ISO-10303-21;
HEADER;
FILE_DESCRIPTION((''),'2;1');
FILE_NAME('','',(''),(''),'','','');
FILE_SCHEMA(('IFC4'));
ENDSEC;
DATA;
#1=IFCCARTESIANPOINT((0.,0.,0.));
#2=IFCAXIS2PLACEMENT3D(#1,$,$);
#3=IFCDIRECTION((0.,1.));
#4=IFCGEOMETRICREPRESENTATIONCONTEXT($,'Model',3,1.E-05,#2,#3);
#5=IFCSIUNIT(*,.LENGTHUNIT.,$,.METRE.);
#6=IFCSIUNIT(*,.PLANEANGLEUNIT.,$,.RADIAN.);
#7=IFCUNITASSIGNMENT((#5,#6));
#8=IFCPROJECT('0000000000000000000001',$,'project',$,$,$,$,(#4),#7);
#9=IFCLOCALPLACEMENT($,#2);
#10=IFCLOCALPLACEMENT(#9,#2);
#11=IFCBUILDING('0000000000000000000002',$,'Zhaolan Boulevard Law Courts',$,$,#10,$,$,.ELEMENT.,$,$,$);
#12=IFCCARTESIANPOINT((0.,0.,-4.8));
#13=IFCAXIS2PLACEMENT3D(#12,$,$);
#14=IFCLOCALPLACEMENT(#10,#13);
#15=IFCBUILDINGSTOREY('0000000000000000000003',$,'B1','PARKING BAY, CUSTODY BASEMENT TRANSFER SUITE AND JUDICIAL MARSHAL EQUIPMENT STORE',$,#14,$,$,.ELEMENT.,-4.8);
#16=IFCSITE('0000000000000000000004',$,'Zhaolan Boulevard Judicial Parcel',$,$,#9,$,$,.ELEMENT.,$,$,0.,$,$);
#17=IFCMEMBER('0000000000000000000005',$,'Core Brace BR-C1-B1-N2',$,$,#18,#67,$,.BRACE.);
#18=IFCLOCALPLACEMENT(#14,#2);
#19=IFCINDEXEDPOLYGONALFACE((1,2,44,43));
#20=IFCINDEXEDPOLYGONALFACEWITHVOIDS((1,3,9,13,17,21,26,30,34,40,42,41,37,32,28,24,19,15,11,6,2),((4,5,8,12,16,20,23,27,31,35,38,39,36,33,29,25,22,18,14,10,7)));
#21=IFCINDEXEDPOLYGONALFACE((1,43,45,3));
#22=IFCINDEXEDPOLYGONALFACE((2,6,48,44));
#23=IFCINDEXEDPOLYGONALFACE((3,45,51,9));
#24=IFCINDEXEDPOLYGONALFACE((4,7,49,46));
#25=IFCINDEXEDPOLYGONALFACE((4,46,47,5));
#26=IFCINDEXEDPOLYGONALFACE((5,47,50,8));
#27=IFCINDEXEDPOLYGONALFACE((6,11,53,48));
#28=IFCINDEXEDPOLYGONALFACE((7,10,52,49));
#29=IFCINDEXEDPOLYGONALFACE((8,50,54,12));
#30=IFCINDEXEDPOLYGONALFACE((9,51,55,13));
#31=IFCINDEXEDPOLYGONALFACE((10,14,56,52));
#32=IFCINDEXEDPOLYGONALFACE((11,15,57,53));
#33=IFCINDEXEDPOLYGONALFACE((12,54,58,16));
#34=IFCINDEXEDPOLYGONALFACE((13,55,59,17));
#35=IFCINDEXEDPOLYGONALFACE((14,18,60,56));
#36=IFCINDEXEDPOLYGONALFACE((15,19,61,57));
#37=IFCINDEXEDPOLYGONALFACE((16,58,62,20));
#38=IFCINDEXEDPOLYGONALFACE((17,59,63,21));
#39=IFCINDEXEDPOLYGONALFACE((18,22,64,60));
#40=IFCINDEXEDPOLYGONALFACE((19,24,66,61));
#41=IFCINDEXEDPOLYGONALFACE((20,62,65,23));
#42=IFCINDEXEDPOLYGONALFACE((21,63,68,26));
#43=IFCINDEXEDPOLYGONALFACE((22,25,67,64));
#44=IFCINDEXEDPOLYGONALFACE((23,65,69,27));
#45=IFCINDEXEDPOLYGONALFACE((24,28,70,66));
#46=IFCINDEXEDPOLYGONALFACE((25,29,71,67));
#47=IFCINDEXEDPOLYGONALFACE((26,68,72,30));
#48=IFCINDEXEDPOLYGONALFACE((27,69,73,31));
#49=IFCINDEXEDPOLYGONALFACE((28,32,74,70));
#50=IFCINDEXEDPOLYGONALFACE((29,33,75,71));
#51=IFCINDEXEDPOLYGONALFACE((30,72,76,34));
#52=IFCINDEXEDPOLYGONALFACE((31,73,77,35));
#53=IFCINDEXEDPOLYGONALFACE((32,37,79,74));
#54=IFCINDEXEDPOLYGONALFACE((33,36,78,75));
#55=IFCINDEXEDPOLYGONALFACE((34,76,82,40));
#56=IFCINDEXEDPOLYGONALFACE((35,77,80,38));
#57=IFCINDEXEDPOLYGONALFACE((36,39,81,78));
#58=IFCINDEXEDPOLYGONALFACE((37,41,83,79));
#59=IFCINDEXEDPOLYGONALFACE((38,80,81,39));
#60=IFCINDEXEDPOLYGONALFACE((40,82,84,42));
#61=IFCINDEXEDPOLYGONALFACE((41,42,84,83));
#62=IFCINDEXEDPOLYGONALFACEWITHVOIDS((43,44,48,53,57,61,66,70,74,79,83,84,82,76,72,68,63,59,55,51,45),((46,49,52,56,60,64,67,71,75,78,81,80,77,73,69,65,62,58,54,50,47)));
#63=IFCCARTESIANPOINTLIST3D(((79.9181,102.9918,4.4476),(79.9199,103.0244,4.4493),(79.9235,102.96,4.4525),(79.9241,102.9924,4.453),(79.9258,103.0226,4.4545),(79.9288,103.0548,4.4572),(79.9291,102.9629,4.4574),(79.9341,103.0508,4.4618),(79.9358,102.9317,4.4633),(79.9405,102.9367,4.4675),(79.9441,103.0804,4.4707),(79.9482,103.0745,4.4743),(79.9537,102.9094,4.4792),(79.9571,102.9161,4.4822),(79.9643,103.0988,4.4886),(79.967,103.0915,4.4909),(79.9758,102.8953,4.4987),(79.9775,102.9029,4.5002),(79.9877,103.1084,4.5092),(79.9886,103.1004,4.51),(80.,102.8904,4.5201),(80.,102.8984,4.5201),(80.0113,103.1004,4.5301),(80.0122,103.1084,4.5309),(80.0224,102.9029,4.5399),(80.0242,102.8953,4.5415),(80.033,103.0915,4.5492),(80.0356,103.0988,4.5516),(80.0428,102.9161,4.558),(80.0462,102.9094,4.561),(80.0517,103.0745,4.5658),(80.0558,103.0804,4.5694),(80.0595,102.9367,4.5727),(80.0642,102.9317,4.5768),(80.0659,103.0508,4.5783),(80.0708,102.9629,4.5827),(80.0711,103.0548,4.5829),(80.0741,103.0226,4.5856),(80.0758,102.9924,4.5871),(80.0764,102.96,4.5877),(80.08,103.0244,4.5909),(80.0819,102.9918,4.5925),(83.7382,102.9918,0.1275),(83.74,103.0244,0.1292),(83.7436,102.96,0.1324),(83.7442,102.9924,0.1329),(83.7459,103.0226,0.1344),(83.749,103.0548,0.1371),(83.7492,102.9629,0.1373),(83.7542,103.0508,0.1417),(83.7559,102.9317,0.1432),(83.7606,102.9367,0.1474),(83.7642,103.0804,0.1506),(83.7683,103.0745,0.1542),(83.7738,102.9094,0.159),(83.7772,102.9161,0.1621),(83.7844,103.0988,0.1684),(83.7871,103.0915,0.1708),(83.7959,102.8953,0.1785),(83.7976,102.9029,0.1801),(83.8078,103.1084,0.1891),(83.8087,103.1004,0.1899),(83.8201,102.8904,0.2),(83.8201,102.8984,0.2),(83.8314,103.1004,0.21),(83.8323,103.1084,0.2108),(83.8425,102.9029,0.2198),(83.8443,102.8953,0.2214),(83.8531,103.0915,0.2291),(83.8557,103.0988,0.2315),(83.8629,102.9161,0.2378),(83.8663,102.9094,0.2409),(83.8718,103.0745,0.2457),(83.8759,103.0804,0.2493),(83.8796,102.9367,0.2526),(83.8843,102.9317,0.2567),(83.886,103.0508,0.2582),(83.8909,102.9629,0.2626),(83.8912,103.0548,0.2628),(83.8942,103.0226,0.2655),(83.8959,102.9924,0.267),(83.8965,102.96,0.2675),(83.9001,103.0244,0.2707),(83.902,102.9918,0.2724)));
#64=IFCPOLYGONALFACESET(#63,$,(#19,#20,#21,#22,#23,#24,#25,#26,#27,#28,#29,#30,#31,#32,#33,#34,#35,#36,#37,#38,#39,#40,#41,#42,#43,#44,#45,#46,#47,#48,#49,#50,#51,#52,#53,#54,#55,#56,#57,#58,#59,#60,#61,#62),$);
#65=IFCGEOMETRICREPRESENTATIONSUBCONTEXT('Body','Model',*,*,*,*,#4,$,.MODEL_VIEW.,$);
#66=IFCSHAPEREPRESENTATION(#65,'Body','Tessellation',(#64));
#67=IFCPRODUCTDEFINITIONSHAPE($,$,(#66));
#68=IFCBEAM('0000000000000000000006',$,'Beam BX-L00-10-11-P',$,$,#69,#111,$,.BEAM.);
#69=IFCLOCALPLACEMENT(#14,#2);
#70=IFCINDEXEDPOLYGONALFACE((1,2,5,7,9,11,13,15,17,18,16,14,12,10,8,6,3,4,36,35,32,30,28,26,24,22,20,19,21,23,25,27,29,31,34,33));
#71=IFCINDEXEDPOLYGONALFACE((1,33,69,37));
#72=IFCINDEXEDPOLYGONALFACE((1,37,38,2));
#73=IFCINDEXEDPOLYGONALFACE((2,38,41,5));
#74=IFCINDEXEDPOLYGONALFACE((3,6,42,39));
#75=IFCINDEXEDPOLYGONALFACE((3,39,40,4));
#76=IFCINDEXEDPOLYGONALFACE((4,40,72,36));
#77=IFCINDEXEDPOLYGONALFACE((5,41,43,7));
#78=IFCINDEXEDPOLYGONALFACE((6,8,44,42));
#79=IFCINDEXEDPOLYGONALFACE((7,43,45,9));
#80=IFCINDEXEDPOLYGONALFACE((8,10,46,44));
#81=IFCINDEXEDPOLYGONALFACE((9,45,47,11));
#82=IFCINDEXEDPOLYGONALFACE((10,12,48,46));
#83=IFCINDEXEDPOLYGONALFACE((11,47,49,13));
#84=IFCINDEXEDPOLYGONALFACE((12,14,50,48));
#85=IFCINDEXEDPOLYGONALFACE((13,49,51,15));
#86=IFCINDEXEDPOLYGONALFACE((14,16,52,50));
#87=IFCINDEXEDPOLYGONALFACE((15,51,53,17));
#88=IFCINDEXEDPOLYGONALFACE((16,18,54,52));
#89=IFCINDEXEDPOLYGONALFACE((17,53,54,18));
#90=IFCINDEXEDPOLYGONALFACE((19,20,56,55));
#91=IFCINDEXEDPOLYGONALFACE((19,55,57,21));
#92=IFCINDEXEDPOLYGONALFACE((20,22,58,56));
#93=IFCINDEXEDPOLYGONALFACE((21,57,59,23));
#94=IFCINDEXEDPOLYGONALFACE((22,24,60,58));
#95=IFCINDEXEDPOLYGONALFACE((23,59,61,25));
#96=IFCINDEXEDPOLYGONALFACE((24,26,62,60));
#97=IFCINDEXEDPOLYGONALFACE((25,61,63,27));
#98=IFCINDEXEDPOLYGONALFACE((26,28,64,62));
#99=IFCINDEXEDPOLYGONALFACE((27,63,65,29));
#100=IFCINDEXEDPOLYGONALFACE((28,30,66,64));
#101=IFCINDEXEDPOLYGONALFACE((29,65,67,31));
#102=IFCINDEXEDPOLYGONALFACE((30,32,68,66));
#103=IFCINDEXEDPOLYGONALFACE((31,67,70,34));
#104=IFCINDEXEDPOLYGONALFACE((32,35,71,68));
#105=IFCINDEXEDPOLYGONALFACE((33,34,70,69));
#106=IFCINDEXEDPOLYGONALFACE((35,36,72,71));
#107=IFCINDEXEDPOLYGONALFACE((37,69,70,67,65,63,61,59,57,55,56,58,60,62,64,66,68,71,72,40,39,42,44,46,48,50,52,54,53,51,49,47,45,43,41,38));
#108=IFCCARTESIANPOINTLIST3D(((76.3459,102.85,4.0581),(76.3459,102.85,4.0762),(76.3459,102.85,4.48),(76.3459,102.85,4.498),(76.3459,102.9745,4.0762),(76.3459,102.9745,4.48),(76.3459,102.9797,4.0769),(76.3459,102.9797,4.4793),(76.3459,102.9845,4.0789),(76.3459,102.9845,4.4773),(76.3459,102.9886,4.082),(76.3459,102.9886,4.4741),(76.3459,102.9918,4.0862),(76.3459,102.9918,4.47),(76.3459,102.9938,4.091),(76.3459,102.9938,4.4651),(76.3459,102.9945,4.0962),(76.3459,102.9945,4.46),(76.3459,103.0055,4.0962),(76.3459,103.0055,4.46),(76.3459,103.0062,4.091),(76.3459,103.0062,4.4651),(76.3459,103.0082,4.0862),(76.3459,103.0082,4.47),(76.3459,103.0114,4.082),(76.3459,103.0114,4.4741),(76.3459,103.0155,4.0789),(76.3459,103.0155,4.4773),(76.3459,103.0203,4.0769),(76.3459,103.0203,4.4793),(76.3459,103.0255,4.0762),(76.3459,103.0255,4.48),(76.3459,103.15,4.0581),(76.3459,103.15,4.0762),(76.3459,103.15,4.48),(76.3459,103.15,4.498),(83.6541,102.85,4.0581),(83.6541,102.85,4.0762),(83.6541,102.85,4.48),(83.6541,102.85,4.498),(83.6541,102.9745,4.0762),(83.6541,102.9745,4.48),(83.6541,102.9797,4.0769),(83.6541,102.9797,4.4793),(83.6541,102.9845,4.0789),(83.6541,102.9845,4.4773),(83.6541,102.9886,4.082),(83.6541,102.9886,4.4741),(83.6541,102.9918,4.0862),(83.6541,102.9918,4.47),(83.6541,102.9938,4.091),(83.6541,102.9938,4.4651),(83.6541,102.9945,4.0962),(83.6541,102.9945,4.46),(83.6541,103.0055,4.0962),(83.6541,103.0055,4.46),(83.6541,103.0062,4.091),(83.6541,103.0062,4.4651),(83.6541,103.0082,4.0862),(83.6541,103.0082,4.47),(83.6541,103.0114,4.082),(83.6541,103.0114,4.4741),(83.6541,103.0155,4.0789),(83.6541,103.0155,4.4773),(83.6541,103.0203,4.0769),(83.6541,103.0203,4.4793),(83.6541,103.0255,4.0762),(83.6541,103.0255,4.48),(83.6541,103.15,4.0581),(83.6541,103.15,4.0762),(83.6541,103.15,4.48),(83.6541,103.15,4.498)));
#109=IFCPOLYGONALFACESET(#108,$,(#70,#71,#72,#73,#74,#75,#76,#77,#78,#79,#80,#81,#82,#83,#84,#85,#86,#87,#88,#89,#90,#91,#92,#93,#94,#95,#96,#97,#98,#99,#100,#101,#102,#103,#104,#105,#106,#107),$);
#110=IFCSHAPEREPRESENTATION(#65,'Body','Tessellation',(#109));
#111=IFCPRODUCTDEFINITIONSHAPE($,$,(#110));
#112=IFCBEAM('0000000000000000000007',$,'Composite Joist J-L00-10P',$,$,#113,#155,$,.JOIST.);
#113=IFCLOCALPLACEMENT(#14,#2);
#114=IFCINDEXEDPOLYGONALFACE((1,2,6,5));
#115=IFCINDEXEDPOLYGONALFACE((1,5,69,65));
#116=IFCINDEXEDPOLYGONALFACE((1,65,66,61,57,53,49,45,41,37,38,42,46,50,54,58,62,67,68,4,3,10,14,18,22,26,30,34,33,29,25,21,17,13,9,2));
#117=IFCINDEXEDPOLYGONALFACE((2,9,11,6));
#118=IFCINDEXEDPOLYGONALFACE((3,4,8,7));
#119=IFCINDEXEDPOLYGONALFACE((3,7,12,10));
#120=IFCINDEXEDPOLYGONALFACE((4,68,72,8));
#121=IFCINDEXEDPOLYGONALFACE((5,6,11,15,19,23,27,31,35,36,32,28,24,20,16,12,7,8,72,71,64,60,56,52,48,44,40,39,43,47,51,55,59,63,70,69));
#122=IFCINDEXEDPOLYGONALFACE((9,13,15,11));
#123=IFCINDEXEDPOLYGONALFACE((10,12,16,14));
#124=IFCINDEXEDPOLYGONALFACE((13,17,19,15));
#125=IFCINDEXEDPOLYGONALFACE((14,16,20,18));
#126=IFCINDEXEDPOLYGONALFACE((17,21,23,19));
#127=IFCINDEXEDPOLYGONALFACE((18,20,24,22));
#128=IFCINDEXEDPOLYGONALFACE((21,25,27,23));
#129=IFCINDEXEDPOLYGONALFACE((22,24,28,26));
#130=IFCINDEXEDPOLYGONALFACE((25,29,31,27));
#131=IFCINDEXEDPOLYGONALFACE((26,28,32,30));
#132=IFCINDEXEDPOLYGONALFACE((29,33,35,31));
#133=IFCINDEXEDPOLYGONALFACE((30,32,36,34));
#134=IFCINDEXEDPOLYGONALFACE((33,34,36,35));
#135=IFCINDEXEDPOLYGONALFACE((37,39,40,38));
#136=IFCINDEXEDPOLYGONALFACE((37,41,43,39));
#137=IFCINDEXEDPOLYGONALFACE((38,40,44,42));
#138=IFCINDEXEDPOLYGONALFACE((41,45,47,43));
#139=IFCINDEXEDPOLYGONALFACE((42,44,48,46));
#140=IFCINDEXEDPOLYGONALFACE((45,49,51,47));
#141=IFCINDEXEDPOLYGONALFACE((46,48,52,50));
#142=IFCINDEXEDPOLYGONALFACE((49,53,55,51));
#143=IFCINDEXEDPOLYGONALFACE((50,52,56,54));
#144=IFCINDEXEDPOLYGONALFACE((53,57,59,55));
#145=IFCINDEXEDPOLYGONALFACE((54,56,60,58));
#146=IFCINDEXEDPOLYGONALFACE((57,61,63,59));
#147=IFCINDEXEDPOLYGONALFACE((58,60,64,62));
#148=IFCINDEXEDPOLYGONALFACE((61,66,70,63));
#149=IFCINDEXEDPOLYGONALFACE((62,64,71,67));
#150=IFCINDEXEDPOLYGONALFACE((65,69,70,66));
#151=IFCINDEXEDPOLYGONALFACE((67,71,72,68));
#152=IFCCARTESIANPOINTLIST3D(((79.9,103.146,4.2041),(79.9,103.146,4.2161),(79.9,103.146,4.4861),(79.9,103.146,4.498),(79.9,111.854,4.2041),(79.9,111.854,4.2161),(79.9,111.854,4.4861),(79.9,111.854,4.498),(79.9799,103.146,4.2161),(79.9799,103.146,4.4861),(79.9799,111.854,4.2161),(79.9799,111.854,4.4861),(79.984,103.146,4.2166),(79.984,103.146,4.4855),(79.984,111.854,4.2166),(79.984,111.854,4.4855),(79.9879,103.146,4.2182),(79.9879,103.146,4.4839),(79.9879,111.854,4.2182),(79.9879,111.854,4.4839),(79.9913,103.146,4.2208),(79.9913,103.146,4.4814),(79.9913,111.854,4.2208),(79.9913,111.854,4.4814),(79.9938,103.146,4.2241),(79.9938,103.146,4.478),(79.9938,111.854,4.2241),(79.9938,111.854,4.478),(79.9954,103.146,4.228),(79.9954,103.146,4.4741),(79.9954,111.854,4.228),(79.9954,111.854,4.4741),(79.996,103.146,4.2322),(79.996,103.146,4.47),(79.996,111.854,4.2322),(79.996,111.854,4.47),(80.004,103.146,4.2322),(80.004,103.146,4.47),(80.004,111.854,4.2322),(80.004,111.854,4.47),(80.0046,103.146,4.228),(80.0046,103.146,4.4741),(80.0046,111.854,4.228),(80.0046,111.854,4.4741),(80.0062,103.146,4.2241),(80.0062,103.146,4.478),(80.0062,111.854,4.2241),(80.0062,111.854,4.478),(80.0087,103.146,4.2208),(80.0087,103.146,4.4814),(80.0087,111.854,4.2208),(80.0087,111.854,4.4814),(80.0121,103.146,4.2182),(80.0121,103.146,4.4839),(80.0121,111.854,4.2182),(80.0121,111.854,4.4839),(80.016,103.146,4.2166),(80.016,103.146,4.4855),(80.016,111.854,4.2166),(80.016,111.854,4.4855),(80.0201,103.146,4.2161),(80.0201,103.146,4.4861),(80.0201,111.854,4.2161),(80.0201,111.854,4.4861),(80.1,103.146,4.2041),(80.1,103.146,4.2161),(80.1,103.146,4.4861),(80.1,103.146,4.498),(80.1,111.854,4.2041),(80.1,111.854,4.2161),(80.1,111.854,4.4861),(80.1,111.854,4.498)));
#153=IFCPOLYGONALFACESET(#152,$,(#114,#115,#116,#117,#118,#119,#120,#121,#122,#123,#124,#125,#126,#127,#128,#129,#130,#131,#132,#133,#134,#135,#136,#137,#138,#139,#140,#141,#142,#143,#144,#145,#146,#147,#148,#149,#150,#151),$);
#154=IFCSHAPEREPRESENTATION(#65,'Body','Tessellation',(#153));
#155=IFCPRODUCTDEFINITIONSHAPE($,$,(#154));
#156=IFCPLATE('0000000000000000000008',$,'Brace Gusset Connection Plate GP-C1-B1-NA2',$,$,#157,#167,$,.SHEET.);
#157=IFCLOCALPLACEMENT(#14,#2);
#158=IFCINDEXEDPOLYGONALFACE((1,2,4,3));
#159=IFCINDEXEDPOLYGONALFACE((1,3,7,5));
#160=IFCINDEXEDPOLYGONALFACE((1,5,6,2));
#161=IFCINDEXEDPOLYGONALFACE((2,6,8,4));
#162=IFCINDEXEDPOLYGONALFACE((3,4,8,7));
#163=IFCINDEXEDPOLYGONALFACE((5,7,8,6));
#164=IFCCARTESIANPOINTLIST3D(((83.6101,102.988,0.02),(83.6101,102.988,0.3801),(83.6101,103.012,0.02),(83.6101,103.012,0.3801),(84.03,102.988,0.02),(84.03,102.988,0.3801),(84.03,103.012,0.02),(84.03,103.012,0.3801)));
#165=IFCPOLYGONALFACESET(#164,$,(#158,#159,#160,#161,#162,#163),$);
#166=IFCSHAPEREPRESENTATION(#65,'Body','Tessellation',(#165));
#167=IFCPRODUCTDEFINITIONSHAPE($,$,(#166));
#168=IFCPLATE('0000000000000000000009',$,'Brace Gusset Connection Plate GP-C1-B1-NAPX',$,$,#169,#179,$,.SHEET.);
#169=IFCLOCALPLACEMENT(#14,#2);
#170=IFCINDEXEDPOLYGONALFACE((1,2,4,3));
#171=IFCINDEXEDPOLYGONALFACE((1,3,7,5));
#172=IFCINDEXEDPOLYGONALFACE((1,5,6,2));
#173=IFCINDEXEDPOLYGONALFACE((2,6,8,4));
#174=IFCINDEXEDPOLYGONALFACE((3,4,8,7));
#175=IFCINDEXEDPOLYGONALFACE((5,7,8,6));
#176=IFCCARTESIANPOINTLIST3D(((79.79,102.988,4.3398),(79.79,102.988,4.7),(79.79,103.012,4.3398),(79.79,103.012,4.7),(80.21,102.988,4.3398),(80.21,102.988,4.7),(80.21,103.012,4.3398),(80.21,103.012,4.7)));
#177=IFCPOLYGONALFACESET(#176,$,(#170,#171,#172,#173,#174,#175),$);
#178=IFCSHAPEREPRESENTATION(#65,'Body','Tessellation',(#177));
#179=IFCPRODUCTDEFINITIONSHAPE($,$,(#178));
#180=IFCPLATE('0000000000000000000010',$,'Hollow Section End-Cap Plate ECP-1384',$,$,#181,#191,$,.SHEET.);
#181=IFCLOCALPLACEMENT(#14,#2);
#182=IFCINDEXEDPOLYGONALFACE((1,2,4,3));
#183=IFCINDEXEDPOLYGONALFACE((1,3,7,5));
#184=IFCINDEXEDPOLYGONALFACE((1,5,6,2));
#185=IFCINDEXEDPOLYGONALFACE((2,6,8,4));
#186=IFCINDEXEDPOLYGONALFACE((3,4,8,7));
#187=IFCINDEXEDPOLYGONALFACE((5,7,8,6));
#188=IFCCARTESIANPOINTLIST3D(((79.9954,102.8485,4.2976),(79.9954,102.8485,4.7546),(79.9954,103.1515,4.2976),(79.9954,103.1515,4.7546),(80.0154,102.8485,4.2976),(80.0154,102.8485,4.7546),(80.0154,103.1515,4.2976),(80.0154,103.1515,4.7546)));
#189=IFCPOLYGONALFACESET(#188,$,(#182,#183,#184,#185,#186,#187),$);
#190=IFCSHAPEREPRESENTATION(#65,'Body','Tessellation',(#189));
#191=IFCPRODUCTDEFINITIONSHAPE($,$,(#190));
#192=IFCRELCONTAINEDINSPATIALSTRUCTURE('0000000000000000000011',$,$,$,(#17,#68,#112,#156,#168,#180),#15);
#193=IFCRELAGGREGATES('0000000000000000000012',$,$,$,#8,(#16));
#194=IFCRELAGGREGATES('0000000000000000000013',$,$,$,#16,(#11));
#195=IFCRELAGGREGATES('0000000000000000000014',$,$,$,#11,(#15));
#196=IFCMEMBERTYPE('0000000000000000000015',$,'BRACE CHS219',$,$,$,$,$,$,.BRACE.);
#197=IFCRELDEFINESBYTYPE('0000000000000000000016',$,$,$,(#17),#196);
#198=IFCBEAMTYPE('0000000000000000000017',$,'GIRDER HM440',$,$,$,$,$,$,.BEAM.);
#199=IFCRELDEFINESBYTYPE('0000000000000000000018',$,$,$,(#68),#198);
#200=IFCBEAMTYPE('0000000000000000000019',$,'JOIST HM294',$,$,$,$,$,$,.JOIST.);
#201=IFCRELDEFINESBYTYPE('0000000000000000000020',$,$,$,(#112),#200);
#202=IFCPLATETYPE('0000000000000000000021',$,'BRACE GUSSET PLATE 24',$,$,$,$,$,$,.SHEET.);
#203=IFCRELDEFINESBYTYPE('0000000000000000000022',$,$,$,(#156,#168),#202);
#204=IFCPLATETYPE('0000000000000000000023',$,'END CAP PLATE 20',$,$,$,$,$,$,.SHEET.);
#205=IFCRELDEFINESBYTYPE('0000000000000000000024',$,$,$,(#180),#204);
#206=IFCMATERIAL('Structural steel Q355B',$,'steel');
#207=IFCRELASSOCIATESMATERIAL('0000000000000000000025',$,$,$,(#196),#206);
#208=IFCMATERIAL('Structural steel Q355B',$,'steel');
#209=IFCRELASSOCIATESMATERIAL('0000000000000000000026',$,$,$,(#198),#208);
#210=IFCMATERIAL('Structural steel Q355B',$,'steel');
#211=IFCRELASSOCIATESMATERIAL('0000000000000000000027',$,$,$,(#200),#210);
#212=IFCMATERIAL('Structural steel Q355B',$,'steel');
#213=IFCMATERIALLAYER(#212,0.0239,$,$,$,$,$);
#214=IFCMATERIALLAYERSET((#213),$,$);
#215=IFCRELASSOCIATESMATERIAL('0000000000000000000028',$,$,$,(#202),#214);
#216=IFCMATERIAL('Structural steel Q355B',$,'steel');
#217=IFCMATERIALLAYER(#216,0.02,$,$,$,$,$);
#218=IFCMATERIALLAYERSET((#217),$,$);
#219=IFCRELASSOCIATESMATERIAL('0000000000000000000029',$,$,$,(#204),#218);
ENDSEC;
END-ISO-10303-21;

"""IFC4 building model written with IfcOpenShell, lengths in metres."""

from ifc_helpers import new_model, si_unit, direction, frame, origin, origin_2d, place, context, subcontext, project, spatial, rectangle, hollow_circle, i_section, extrude, material, layer, layer_set, material_profile, profile_set, type_object, element, save


model = new_model("IFC4")

# Units and contexts
model_context = context("Model", 3, precision=1e-05, world=origin(), true_north=direction((0.0, 1.0)))
body_context = subcontext(model_context, "Body", "Model", "MODEL_VIEW")
ifc_project = project(units=[si_unit("LENGTHUNIT", "METRE"), si_unit("PLANEANGLEUNIT", "RADIAN")], contexts=[model_context])

# Site, building, storey
site_placement = place(None, origin())
site = spatial("IfcSite", under=ifc_project, at=site_placement, Name="Zhaolan Boulevard Judicial Parcel", CompositionType="ELEMENT", RefElevation=0.0)
building_placement = place(site_placement, origin())
building = spatial("IfcBuilding", under=site, at=building_placement, Name="Zhaolan Boulevard Law Courts", CompositionType="ELEMENT")
storey_placement = place(building_placement, frame((0.0, 0.0, -4.8)))
storey = spatial("IfcBuildingStorey", under=building, at=storey_placement, Name="B1", Description="PARKING BAY, CUSTODY BASEMENT TRANSFER SUITE AND JUDICIAL MARSHAL EQUIPMENT STORE", CompositionType="ELEMENT", Elevation=-4.8)

# Member
ifc_material_1 = material(Name="Structural steel Q355B", Category="steel")
ifc_material_profile_1 = material_profile(ifc_material_1, hollow_circle(Radius=0.1096, WallThickness=0.0081, at=origin_2d()), Name="CHS219x8")
ifc_profile_set_1 = profile_set([ifc_material_profile_1], Name="Structural steel Q355B")
member_type = type_object("IfcMemberType", Name="BRACE CHS219", PredefinedType="BRACE", material=ifc_profile_set_1)
member_placement = place(storey_placement, frame((83.8201, 103.0, 0.2), z_axis=(-0.662425, 0.0, 0.749128), x_axis=(0.0, -1.0, 0.0)))
element("IfcMember", 1, at=member_placement, inside=storey, type_object=member_type, Name="Core Brace BR-C1-B1-N2", PredefinedType="BRACE", context=body_context, shape_type="SweptSolid", body=[
    extrude(hollow_circle(Radius=0.1096, WallThickness=0.0081, at=origin_2d()), origin(), (0.0, 0.0, 1.0), 5.7668),
])

# Beams
ifc_material_2 = material(Name="Structural steel Q355B", Category="steel")
ifc_material_profile_2 = material_profile(ifc_material_2, i_section(OverallWidth=0.3, OverallDepth=0.4399, WebThickness=0.011, FlangeThickness=0.0181, FilletRadius=0.02, at=origin_2d()), Name="HM440x300")
ifc_profile_set_2 = profile_set([ifc_material_profile_2], Name="Structural steel Q355B")
beam_type_1 = type_object("IfcBeamType", Name="GIRDER HM440", PredefinedType="BEAM", material=ifc_profile_set_2)
beam_1_placement = place(storey_placement, frame((76.3459, 103.0, 4.2781), z_axis=(1.0, 0.0, 0.0), x_axis=(0.0, 1.0, 0.0)))
element("IfcBeam", 2, at=beam_1_placement, inside=storey, type_object=beam_type_1, Name="Beam BX-L00-10-11-P", PredefinedType="BEAM", context=body_context, shape_type="SweptSolid", body=[
    extrude(i_section(OverallWidth=0.3, OverallDepth=0.4399, WebThickness=0.011, FlangeThickness=0.0181, FilletRadius=0.02, at=origin_2d()), origin(), (0.0, 0.0, 1.0), 7.3081),
])
ifc_material_3 = material(Name="Structural steel Q355B", Category="steel")
ifc_material_profile_3 = material_profile(ifc_material_3, i_section(OverallWidth=0.2, OverallDepth=0.2939, WebThickness=0.0081, FlangeThickness=0.012, FilletRadius=0.0161, at=origin_2d()), Name="HM294x200")
ifc_profile_set_3 = profile_set([ifc_material_profile_3], Name="Structural steel Q355B")
beam_type_2 = type_object("IfcBeamType", Name="JOIST HM294", PredefinedType="JOIST", material=ifc_profile_set_3)
beam_2_placement = place(storey_placement, frame((80.0, 103.146, 4.3511), z_axis=(0.0, 1.0, 0.0), x_axis=(-1.0, 0.0, 0.0)))
element("IfcBeam", 3, at=beam_2_placement, inside=storey, type_object=beam_type_2, Name="Composite Joist J-L00-10P", PredefinedType="JOIST", context=body_context, shape_type="SweptSolid", body=[
    extrude(i_section(OverallWidth=0.2, OverallDepth=0.2939, WebThickness=0.0081, FlangeThickness=0.012, FilletRadius=0.0161, at=origin_2d()), origin(), (0.0, 0.0, 1.0), 8.708),
])

# Plates
ifc_material_4 = material(Name="Structural steel Q355B", Category="steel")
ifc_layer_1 = layer(ifc_material_4, 0.0239)
ifc_layer_set_1 = layer_set([ifc_layer_1])
plate_type_1 = type_object("IfcPlateType", Name="BRACE GUSSET PLATE 24", PredefinedType="SHEET", material=ifc_layer_set_1)
for number, where, z_axis, x_axis, name in (
    (4, (83.8201, 103.0, 0.02), (0.0, 0.0, 1.0), (1.0, 0.0, 0.0), "Brace Gusset Connection Plate GP-C1-B1-NA2"),
    (5, (80.0, 103.0, 4.3398), (0.0, 0.0, 1.0), (1.0, 0.0, 0.0), "Brace Gusset Connection Plate GP-C1-B1-NAPX"),
):
    element("IfcPlate", number, at=place(storey_placement, frame(where, z_axis=z_axis, x_axis=x_axis)), inside=storey, type_object=plate_type_1, Name=name, PredefinedType="SHEET", context=body_context, shape_type="SweptSolid", body=[
        extrude(rectangle(XDim=0.4199, YDim=0.0239, at=origin_2d()), origin(), (0.0, 0.0, 1.0), 0.3601),
    ])
ifc_material_5 = material(Name="Structural steel Q355B", Category="steel")
ifc_layer_2 = layer(ifc_material_5, 0.02)
ifc_layer_set_2 = layer_set([ifc_layer_2])
plate_type_2 = type_object("IfcPlateType", Name="END CAP PLATE 20", PredefinedType="SHEET", material=ifc_layer_set_2)
plate_placement = place(storey_placement, frame((80.0054, 103.0, 4.2976), z_axis=(0.0, 0.0, 1.0), x_axis=(1.0, 0.0, 0.0)))
element("IfcPlate", 6, at=plate_placement, inside=storey, type_object=plate_type_2, Name="Hollow Section End-Cap Plate ECP-1384", PredefinedType="SHEET", context=body_context, shape_type="SweptSolid", body=[
    extrude(rectangle(XDim=0.02, YDim=0.303, at=origin_2d()), origin(), (0.0, 0.0, 1.0), 0.457),
])

save(model, "model.ifc")
